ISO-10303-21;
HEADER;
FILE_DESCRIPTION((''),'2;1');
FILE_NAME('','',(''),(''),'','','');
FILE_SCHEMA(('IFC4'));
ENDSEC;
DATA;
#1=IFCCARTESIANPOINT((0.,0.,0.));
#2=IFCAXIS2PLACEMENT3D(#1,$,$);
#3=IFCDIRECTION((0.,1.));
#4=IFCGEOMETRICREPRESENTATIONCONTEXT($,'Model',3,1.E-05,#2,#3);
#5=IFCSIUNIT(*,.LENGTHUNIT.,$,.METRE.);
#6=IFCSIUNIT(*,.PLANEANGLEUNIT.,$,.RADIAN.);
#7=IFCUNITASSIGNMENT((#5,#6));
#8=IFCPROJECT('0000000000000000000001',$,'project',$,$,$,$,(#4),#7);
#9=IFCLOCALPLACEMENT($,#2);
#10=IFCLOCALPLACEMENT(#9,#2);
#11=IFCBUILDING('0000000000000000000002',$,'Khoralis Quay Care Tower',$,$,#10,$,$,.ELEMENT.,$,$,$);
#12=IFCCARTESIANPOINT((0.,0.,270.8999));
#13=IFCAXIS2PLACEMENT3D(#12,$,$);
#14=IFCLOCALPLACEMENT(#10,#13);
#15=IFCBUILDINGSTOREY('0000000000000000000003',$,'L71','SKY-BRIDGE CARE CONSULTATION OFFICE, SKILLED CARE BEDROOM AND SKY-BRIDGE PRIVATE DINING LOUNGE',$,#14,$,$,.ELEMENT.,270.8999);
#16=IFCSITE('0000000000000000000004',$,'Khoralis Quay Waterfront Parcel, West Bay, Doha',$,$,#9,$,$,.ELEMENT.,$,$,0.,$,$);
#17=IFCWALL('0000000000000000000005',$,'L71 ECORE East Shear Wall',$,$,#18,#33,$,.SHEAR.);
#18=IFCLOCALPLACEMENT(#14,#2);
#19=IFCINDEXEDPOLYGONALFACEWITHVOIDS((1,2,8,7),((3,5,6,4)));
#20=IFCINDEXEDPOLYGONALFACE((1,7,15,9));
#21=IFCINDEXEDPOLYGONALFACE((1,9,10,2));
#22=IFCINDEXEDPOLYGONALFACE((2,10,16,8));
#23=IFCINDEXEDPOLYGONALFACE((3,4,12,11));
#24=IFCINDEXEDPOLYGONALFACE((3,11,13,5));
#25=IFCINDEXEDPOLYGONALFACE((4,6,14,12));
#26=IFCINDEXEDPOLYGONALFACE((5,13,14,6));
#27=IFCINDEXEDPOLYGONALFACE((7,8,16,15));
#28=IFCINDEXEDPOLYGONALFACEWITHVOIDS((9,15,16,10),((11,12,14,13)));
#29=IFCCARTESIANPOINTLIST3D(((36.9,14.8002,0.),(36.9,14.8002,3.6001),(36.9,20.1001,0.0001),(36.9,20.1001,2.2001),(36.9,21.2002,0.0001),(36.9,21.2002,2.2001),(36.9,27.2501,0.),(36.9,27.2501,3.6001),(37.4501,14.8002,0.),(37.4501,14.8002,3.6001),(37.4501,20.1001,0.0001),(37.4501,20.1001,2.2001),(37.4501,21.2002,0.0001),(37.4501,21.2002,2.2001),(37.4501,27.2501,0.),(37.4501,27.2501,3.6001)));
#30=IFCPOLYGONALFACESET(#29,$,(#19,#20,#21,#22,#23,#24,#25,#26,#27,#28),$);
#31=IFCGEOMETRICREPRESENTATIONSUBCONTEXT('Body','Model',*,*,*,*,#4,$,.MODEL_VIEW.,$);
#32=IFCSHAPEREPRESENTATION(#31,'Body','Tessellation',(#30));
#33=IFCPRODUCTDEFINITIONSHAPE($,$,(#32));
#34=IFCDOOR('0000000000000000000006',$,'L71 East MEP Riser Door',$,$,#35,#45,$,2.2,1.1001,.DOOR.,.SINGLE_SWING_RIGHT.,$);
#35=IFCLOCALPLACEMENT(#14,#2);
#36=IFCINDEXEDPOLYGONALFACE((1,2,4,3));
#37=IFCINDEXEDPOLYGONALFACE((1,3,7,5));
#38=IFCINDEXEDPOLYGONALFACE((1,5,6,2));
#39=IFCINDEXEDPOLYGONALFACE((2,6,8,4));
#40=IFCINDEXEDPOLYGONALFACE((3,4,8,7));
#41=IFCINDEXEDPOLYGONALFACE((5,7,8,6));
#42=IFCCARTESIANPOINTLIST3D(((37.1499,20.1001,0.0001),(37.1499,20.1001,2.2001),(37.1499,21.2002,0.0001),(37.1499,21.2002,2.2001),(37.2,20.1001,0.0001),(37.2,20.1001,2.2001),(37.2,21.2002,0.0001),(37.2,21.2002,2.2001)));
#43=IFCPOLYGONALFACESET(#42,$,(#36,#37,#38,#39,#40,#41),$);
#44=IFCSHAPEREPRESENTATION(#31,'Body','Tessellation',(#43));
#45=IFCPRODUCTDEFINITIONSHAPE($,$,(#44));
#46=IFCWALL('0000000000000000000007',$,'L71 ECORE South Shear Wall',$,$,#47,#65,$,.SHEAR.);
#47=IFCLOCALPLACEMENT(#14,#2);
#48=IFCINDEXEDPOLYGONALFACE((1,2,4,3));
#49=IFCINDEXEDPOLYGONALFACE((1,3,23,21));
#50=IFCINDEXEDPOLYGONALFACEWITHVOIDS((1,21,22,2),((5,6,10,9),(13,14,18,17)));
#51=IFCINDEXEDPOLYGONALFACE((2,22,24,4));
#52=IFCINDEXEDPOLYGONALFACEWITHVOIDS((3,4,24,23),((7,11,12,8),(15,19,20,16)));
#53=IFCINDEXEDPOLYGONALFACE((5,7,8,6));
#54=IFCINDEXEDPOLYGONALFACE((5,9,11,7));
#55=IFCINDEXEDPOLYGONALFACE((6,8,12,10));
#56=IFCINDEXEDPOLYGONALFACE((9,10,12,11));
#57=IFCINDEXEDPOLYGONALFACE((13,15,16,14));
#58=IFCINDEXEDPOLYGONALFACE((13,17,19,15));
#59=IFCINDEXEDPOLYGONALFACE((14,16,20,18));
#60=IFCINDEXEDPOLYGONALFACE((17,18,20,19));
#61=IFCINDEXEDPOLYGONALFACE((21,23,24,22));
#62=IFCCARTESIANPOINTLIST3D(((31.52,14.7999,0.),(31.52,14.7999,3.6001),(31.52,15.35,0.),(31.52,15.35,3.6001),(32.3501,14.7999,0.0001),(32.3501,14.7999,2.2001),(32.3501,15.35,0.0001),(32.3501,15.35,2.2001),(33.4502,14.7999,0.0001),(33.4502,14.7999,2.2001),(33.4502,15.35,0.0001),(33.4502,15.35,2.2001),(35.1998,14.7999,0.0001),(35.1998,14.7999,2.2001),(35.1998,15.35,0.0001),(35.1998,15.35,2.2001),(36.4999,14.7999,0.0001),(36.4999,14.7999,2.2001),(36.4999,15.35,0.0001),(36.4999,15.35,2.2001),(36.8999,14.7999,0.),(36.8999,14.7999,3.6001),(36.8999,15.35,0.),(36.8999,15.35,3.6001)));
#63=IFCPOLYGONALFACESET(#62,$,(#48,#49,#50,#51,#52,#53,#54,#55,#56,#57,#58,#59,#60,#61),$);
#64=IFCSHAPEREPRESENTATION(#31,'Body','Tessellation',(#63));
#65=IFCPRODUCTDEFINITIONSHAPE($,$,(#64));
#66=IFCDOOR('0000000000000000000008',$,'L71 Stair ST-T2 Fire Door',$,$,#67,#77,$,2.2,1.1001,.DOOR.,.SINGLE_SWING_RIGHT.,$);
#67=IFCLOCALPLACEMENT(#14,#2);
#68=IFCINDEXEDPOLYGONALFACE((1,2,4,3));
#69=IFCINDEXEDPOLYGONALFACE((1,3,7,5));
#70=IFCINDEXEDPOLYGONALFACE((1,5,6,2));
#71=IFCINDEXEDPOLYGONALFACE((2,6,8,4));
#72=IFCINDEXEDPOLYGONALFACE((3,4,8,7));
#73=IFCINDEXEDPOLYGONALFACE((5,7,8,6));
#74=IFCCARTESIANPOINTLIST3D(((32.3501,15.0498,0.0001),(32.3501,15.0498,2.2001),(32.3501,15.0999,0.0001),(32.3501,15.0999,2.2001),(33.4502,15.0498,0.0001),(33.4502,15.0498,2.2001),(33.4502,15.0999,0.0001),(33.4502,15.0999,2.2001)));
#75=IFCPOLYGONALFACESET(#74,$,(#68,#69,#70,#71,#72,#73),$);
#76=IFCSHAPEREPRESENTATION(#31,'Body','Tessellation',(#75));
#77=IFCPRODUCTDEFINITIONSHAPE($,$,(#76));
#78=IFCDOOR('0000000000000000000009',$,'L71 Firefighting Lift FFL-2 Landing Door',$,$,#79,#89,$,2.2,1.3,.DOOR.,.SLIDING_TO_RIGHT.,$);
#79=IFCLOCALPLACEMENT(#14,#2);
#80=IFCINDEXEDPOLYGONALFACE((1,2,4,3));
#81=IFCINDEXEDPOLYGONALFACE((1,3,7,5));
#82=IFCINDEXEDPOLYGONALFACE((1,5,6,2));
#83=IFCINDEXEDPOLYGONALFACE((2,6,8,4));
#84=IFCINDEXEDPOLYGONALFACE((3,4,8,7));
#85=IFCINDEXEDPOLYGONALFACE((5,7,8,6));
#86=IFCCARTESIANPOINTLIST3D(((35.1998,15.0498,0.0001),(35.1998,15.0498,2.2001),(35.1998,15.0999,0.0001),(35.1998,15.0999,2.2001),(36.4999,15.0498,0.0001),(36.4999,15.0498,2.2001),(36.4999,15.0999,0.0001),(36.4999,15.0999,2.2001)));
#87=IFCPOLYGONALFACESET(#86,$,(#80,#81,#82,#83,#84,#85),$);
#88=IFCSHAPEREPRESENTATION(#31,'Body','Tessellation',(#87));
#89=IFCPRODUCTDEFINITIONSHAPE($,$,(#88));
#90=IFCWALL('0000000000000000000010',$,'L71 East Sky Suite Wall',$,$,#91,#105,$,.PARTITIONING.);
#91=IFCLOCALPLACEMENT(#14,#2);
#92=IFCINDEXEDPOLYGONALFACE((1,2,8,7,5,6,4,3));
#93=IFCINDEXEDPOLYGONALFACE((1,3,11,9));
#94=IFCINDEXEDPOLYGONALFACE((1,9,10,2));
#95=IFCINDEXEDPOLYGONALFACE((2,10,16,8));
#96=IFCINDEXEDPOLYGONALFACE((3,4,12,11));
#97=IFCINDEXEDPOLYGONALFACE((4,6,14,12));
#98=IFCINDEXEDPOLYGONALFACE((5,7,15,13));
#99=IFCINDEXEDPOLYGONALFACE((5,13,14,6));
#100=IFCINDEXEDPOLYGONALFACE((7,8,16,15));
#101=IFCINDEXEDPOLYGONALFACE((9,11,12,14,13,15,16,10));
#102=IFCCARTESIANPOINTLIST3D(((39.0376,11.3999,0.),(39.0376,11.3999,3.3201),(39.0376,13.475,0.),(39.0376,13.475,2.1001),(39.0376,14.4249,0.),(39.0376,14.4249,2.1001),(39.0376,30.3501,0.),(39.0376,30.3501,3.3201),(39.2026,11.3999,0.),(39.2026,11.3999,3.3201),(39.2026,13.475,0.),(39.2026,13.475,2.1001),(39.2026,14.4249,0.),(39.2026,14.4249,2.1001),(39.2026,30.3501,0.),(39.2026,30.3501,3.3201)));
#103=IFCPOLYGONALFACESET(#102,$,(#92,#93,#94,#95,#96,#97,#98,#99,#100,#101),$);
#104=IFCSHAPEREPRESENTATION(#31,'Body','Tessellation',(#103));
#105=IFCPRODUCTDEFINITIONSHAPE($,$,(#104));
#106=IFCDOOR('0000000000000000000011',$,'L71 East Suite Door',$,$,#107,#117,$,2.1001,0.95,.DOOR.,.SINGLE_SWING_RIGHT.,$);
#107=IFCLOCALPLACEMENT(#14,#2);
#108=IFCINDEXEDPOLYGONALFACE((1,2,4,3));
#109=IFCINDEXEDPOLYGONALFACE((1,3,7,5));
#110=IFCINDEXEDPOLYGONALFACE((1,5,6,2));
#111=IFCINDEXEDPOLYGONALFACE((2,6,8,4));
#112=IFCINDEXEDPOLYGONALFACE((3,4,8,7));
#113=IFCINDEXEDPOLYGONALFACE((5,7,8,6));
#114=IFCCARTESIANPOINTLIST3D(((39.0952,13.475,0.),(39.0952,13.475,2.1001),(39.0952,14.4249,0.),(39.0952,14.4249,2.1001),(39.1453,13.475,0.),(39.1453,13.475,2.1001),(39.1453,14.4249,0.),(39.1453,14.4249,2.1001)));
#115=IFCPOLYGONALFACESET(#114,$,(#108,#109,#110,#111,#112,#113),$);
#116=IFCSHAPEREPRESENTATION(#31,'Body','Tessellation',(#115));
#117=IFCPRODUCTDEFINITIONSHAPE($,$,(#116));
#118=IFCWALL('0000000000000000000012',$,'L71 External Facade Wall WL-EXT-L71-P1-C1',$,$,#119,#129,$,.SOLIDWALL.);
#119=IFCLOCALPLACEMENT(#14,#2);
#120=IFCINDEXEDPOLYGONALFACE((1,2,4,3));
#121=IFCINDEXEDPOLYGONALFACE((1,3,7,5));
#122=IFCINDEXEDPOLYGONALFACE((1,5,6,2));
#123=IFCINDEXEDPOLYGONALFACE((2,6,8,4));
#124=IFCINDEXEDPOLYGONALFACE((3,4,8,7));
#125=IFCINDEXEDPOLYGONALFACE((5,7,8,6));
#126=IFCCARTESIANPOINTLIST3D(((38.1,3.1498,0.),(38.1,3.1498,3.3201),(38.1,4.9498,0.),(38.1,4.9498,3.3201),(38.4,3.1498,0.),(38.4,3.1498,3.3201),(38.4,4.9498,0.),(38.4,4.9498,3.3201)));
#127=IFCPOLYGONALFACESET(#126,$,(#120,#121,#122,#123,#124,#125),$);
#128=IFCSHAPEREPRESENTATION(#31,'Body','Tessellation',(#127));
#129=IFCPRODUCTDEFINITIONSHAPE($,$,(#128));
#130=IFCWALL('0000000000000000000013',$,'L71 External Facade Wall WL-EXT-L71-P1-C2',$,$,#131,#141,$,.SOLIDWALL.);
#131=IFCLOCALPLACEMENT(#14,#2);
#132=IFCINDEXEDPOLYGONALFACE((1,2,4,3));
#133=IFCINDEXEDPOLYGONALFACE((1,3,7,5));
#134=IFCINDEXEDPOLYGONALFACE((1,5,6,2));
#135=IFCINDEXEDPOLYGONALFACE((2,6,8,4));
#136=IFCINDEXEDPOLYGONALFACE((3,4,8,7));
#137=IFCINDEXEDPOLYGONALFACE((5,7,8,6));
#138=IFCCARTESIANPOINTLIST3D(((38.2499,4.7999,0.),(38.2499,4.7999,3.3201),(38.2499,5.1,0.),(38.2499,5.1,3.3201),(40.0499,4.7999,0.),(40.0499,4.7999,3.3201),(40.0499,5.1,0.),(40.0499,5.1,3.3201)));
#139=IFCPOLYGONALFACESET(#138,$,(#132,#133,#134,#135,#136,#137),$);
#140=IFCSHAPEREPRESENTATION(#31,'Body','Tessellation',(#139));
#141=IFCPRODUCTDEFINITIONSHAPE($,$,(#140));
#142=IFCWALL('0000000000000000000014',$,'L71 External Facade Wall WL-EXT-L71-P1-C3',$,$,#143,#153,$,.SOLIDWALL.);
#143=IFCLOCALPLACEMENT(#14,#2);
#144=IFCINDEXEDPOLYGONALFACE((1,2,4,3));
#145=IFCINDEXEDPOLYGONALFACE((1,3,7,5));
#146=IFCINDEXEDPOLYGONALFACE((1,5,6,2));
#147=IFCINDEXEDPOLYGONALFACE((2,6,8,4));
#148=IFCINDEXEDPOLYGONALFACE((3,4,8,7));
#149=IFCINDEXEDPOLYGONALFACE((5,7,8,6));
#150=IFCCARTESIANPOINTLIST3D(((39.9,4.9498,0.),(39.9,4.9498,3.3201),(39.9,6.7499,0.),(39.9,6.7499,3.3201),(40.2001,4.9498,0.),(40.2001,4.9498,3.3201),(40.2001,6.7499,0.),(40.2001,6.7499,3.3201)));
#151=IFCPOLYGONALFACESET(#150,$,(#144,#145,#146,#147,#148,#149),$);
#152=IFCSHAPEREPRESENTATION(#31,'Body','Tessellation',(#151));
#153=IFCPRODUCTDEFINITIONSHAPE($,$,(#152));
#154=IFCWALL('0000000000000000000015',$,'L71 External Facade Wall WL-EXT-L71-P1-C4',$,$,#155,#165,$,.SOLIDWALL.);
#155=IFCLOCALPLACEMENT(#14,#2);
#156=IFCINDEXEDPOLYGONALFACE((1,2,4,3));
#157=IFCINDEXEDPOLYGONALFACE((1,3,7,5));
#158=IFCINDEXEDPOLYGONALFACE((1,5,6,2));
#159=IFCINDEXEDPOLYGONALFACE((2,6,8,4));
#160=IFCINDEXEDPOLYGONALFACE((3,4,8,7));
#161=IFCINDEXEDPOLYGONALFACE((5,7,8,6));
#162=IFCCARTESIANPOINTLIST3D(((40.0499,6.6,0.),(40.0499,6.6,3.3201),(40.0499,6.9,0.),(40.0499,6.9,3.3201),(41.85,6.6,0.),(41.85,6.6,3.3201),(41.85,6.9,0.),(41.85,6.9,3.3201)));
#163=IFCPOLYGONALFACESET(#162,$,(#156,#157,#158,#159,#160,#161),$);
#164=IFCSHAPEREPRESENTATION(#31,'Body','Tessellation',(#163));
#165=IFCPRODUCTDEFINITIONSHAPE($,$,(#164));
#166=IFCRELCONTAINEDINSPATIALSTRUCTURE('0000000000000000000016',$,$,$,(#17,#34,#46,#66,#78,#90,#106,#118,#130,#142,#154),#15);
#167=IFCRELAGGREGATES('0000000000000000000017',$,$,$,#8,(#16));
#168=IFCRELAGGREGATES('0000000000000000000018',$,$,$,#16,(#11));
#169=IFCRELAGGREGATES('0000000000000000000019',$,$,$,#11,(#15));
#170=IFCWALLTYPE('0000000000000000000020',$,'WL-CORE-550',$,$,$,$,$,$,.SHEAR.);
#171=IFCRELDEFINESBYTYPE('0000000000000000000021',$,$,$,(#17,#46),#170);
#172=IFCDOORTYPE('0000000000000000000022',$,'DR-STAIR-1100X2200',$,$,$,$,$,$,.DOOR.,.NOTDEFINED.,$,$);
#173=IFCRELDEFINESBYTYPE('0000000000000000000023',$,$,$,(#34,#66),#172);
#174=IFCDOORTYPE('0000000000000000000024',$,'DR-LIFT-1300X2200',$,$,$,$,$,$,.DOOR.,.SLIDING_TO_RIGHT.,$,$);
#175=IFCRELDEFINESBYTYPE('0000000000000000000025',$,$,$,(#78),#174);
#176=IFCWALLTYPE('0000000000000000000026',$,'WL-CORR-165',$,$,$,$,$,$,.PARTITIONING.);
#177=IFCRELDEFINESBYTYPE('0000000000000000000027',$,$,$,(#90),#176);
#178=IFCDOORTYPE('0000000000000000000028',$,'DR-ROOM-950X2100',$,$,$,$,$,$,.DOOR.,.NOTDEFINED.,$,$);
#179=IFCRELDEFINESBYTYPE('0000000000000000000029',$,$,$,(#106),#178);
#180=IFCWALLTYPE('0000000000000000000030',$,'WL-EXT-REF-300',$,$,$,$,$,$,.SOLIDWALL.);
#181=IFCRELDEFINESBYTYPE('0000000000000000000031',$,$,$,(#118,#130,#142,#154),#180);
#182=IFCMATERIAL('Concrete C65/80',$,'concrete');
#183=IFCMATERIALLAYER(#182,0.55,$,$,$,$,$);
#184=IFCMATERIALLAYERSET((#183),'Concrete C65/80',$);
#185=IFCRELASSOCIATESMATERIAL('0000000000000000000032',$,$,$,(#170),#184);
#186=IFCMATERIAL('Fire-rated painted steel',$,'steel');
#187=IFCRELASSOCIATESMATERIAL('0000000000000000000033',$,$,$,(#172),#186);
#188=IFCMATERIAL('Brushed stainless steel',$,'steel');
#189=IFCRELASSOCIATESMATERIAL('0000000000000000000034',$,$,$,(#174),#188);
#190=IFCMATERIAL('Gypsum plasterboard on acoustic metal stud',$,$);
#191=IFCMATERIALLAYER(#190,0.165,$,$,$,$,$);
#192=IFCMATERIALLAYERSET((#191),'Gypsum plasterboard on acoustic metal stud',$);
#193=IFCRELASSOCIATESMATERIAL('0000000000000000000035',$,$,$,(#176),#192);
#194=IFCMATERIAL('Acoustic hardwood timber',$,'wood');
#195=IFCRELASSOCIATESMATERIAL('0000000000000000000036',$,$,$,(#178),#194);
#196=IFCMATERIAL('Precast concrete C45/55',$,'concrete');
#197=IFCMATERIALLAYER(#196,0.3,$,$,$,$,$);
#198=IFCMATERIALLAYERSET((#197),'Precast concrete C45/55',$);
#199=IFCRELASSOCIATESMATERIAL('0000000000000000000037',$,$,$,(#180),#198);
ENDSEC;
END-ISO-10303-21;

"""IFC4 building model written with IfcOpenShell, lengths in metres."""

from ifc_helpers import new_model, si_unit, direction, frame, frame_2d, origin, place, context, subcontext, project, spatial, rectangle, extrude, source, transform, mapped, material, layer, layer_set, type_object, element, fill, save


model = new_model("IFC4")

# Units and contexts
model_context = context("Model", 3, precision=1e-05, world=origin(), true_north=direction((0.0, 1.0)))
body_context = subcontext(model_context, "Body", "Model", "MODEL_VIEW")
ifc_project = project(units=[si_unit("LENGTHUNIT", "METRE"), si_unit("PLANEANGLEUNIT", "RADIAN")], contexts=[model_context])

# Site, building, storey
site_placement = place(None, origin())
site = spatial("IfcSite", under=ifc_project, at=site_placement, Name="Khoralis Quay Waterfront Parcel, West Bay, Doha", CompositionType="ELEMENT", RefElevation=0.0)
building_placement = place(site_placement, origin())
building = spatial("IfcBuilding", under=site, at=building_placement, Name="Khoralis Quay Care Tower", CompositionType="ELEMENT")
storey_placement = place(building_placement, frame((0.0, 0.0, 270.8999)))
storey = spatial("IfcBuildingStorey", under=building, at=storey_placement, Name="L71", Description="SKY-BRIDGE CARE CONSULTATION OFFICE, SKILLED CARE BEDROOM AND SKY-BRIDGE PRIVATE DINING LOUNGE", CompositionType="ELEMENT", Elevation=270.8999)

# Shared definitions
ifc_material_1 = material(Name="Gypsum plasterboard on acoustic metal stud")

# Wall, opening, door
ifc_material_2 = material(Name="Concrete C65/80", Category="concrete")
ifc_layer_1 = layer(ifc_material_2, 0.55)
ifc_layer_set_1 = layer_set([ifc_layer_1], Name="Concrete C65/80")
wall_type_1 = type_object("IfcWallType", Name="WL-CORE-550", PredefinedType="SHEAR", material=ifc_layer_set_1)
wall_1_placement = place(storey_placement, frame((37.175, 14.8, 0.0), z_axis=(0.0, 0.0, 1.0), x_axis=(0.0, 1.0, 0.0)))
wall_1 = element("IfcWall", 1, at=wall_1_placement, inside=storey, type_object=wall_type_1, Name="L71 ECORE East Shear Wall", PredefinedType="SHEAR", context=body_context, shape_type="SweptSolid", body=[
    extrude(rectangle(XDim=12.45, YDim=0.55, at=frame_2d((6.2251, 0.0))), origin(), (0.0, 0.0, 1.0), 3.6001),
])
opening_1_placement = place(wall_1_placement, frame((5.3, 0.0, 0.0)))
opening_1 = element("IfcOpeningElement", 2, at=opening_1_placement, cuts=wall_1, PredefinedType="OPENING", context=body_context, shape_type="SweptSolid", body=[
    extrude(rectangle(XDim=1.1001, YDim=2.2, at=frame_2d((0.55, 1.1001))), frame((0.0, 0.2852, 0.0), z_axis=(0.0, -1.0, 0.0), x_axis=(1.0, 0.0, 0.0)), (0.0, 0.0, 1.0), 0.5701),
])
ifc_material_3 = material(Name="Fire-rated painted steel", Category="steel")
door_type_1 = type_object("IfcDoorType", Name="DR-STAIR-1100X2200", OperationType="NOTDEFINED", PredefinedType="DOOR", material=ifc_material_3)
shared_shape_1 = source(origin(), body_context, "Body", "SweptSolid", [
    extrude(rectangle(XDim=1.1001, YDim=2.2, at=frame_2d((0.55, 1.1001))), frame((0.0, 0.0249, 0.0), z_axis=(0.0, -1.0, 0.0), x_axis=(1.0, 0.0, 0.0)), (0.0, 0.0, 1.0), 0.05),
])
door_1_placement = place(opening_1_placement, frame((1.1001, 0.0, 0.0), z_axis=(0.0, 0.0, 1.0), x_axis=(-1.0, 0.0, 0.0)))
door_1 = element("IfcDoor", 3, at=door_1_placement, inside=storey, type_object=door_type_1, Name="L71 East MEP Riser Door", OperationType="SINGLE_SWING_RIGHT", OverallHeight=2.2, OverallWidth=1.1001, PredefinedType="DOOR", context=body_context, shape_type="MappedRepresentation", body=[
    mapped(shared_shape_1, transform((0.0, 0.0, 0.0), scale=1.0)),
])
fill(opening_1, door_1)

# Wall, openings, doors
wall_2_placement = place(storey_placement, frame((31.52, 15.075, 0.0), z_axis=(0.0, 0.0, 1.0), x_axis=(1.0, 0.0, 0.0)))
wall_2 = element("IfcWall", 4, at=wall_2_placement, inside=storey, type_object=wall_type_1, Name="L71 ECORE South Shear Wall", PredefinedType="SHEAR", context=body_context, shape_type="SweptSolid", body=[
    extrude(rectangle(XDim=5.3799, YDim=0.55, at=frame_2d((2.6899, 0.0))), origin(), (0.0, 0.0, 1.0), 3.6001),
])
opening_2_placement = place(wall_2_placement, frame((0.8301, 0.0, 0.0)))
opening_2 = element("IfcOpeningElement", 5, at=opening_2_placement, cuts=wall_2, PredefinedType="OPENING", context=body_context, shape_type="SweptSolid", body=[
    extrude(rectangle(XDim=1.1001, YDim=2.2, at=frame_2d((0.55, 1.1001))), frame((0.0, 0.2852, 0.0), z_axis=(0.0, -1.0, 0.0), x_axis=(1.0, 0.0, 0.0)), (0.0, 0.0, 1.0), 0.5701),
])
opening_3_placement = place(wall_2_placement, frame((3.6799, 0.0, 0.0)))
opening_3 = element("IfcOpeningElement", 6, at=opening_3_placement, cuts=wall_2, PredefinedType="OPENING", context=body_context, shape_type="SweptSolid", body=[
    extrude(rectangle(XDim=1.3, YDim=2.2, at=frame_2d((0.6499, 1.1001))), frame((0.0, 0.2852, 0.0), z_axis=(0.0, -1.0, 0.0), x_axis=(1.0, 0.0, 0.0)), (0.0, 0.0, 1.0), 0.5701),
])
door_2_placement = place(opening_2_placement, origin())
door_2 = element("IfcDoor", 7, at=door_2_placement, inside=storey, type_object=door_type_1, Name="L71 Stair ST-T2 Fire Door", OperationType="SINGLE_SWING_RIGHT", OverallHeight=2.2, OverallWidth=1.1001, PredefinedType="DOOR", context=body_context, shape_type="MappedRepresentation", body=[
    mapped(shared_shape_1, transform((0.0, 0.0, 0.0), scale=1.0)),
])
fill(opening_2, door_2)
ifc_material_4 = material(Name="Brushed stainless steel", Category="steel")
door_type_2 = type_object("IfcDoorType", Name="DR-LIFT-1300X2200", OperationType="SLIDING_TO_RIGHT", PredefinedType="DOOR", material=ifc_material_4)
shared_shape_2 = source(origin(), body_context, "Body", "SweptSolid", [
    extrude(rectangle(XDim=1.3, YDim=2.2, at=frame_2d((0.6499, 1.1001))), frame((0.0, 0.0249, 0.0), z_axis=(0.0, -1.0, 0.0), x_axis=(1.0, 0.0, 0.0)), (0.0, 0.0, 1.0), 0.05),
])
door_3_placement = place(opening_3_placement, origin())
door_3 = element("IfcDoor", 8, at=door_3_placement, inside=storey, type_object=door_type_2, Name="L71 Firefighting Lift FFL-2 Landing Door", OperationType="SLIDING_TO_RIGHT", OverallHeight=2.2, OverallWidth=1.3, PredefinedType="DOOR", context=body_context, shape_type="MappedRepresentation", body=[
    mapped(shared_shape_2, transform((0.0, 0.0, 0.0), scale=1.0)),
])
fill(opening_3, door_3)

# Wall, opening, door
ifc_layer_2 = layer(ifc_material_1, 0.165)
ifc_layer_set_2 = layer_set([ifc_layer_2], Name="Gypsum plasterboard on acoustic metal stud")
wall_type_2 = type_object("IfcWallType", Name="WL-CORR-165", PredefinedType="PARTITIONING", material=ifc_layer_set_2)
wall_3_placement = place(storey_placement, frame((39.1201, 11.3999, 0.0), z_axis=(0.0, 0.0, 1.0), x_axis=(0.0, 1.0, 0.0)))
wall_3 = element("IfcWall", 9, at=wall_3_placement, inside=storey, type_object=wall_type_2, Name="L71 East Sky Suite Wall", PredefinedType="PARTITIONING", context=body_context, shape_type="SweptSolid", body=[
    extrude(rectangle(XDim=18.9502, YDim=0.165, at=frame_2d((9.4751, 0.0))), origin(), (0.0, 0.0, 1.0), 3.3201),
])
opening_4_placement = place(wall_3_placement, frame((2.075, 0.0, 0.0)))
opening_4 = element("IfcOpeningElement", 10, at=opening_4_placement, cuts=wall_3, PredefinedType="OPENING", context=body_context, shape_type="SweptSolid", body=[
    extrude(rectangle(XDim=0.95, YDim=2.1001, at=frame_2d((0.4751, 1.05))), frame((0.0, 0.0925, 0.0), z_axis=(0.0, -1.0, 0.0), x_axis=(1.0, 0.0, 0.0)), (0.0, 0.0, 1.0), 0.1851),
])
ifc_material_5 = material(Name="Acoustic hardwood timber", Category="wood")
door_type_3 = type_object("IfcDoorType", Name="DR-ROOM-950X2100", OperationType="NOTDEFINED", PredefinedType="DOOR", material=ifc_material_5)
shared_shape_3 = source(origin(), body_context, "Body", "SweptSolid", [
    extrude(rectangle(XDim=0.95, YDim=2.1001, at=frame_2d((0.4751, 1.05))), frame((0.0, 0.0249, 0.0), z_axis=(0.0, -1.0, 0.0), x_axis=(1.0, 0.0, 0.0)), (0.0, 0.0, 1.0), 0.05),
])
door_4_placement = place(opening_4_placement, origin())
door_4 = element("IfcDoor", 11, at=door_4_placement, inside=storey, type_object=door_type_3, Name="L71 East Suite Door", OperationType="SINGLE_SWING_RIGHT", OverallHeight=2.1001, OverallWidth=0.95, PredefinedType="DOOR", context=body_context, shape_type="MappedRepresentation", body=[
    mapped(shared_shape_3, transform((0.0, 0.0, 0.0), scale=1.0)),
])
fill(opening_4, door_4)

# Walls
ifc_material_6 = material(Name="Precast concrete C45/55", Category="concrete")
ifc_layer_3 = layer(ifc_material_6, 0.3)
ifc_layer_set_3 = layer_set([ifc_layer_3], Name="Precast concrete C45/55")
wall_type_3 = type_object("IfcWallType", Name="WL-EXT-REF-300", PredefinedType="SOLIDWALL", material=ifc_layer_set_3)
for number, where, z_axis, x_axis, name in (
    (12, (38.25, 3.1499, 0.0), (0.0, 0.0, 1.0), (0.0, 1.0, 0.0), "L71 External Facade Wall WL-EXT-L71-P1-C1"),
    (13, (38.25, 4.95, 0.0), (0.0, 0.0, 1.0), (1.0, 0.0, 0.0), "L71 External Facade Wall WL-EXT-L71-P1-C2"),
    (14, (40.05, 4.95, 0.0), (0.0, 0.0, 1.0), (0.0, 1.0, 0.0), "L71 External Facade Wall WL-EXT-L71-P1-C3"),
    (15, (40.05, 6.75, 0.0), (0.0, 0.0, 1.0), (1.0, 0.0, 0.0), "L71 External Facade Wall WL-EXT-L71-P1-C4"),
):
    element("IfcWall", number, at=place(storey_placement, frame(where, z_axis=z_axis, x_axis=x_axis)), inside=storey, type_object=wall_type_3, Name=name, PredefinedType="SOLIDWALL", context=body_context, shape_type="SweptSolid", body=[
        extrude(rectangle(XDim=1.8, YDim=0.3, at=frame_2d((0.8999, 0.0))), origin(), (0.0, 0.0, 1.0), 3.3201),
    ])

save(model, "model.ifc")
